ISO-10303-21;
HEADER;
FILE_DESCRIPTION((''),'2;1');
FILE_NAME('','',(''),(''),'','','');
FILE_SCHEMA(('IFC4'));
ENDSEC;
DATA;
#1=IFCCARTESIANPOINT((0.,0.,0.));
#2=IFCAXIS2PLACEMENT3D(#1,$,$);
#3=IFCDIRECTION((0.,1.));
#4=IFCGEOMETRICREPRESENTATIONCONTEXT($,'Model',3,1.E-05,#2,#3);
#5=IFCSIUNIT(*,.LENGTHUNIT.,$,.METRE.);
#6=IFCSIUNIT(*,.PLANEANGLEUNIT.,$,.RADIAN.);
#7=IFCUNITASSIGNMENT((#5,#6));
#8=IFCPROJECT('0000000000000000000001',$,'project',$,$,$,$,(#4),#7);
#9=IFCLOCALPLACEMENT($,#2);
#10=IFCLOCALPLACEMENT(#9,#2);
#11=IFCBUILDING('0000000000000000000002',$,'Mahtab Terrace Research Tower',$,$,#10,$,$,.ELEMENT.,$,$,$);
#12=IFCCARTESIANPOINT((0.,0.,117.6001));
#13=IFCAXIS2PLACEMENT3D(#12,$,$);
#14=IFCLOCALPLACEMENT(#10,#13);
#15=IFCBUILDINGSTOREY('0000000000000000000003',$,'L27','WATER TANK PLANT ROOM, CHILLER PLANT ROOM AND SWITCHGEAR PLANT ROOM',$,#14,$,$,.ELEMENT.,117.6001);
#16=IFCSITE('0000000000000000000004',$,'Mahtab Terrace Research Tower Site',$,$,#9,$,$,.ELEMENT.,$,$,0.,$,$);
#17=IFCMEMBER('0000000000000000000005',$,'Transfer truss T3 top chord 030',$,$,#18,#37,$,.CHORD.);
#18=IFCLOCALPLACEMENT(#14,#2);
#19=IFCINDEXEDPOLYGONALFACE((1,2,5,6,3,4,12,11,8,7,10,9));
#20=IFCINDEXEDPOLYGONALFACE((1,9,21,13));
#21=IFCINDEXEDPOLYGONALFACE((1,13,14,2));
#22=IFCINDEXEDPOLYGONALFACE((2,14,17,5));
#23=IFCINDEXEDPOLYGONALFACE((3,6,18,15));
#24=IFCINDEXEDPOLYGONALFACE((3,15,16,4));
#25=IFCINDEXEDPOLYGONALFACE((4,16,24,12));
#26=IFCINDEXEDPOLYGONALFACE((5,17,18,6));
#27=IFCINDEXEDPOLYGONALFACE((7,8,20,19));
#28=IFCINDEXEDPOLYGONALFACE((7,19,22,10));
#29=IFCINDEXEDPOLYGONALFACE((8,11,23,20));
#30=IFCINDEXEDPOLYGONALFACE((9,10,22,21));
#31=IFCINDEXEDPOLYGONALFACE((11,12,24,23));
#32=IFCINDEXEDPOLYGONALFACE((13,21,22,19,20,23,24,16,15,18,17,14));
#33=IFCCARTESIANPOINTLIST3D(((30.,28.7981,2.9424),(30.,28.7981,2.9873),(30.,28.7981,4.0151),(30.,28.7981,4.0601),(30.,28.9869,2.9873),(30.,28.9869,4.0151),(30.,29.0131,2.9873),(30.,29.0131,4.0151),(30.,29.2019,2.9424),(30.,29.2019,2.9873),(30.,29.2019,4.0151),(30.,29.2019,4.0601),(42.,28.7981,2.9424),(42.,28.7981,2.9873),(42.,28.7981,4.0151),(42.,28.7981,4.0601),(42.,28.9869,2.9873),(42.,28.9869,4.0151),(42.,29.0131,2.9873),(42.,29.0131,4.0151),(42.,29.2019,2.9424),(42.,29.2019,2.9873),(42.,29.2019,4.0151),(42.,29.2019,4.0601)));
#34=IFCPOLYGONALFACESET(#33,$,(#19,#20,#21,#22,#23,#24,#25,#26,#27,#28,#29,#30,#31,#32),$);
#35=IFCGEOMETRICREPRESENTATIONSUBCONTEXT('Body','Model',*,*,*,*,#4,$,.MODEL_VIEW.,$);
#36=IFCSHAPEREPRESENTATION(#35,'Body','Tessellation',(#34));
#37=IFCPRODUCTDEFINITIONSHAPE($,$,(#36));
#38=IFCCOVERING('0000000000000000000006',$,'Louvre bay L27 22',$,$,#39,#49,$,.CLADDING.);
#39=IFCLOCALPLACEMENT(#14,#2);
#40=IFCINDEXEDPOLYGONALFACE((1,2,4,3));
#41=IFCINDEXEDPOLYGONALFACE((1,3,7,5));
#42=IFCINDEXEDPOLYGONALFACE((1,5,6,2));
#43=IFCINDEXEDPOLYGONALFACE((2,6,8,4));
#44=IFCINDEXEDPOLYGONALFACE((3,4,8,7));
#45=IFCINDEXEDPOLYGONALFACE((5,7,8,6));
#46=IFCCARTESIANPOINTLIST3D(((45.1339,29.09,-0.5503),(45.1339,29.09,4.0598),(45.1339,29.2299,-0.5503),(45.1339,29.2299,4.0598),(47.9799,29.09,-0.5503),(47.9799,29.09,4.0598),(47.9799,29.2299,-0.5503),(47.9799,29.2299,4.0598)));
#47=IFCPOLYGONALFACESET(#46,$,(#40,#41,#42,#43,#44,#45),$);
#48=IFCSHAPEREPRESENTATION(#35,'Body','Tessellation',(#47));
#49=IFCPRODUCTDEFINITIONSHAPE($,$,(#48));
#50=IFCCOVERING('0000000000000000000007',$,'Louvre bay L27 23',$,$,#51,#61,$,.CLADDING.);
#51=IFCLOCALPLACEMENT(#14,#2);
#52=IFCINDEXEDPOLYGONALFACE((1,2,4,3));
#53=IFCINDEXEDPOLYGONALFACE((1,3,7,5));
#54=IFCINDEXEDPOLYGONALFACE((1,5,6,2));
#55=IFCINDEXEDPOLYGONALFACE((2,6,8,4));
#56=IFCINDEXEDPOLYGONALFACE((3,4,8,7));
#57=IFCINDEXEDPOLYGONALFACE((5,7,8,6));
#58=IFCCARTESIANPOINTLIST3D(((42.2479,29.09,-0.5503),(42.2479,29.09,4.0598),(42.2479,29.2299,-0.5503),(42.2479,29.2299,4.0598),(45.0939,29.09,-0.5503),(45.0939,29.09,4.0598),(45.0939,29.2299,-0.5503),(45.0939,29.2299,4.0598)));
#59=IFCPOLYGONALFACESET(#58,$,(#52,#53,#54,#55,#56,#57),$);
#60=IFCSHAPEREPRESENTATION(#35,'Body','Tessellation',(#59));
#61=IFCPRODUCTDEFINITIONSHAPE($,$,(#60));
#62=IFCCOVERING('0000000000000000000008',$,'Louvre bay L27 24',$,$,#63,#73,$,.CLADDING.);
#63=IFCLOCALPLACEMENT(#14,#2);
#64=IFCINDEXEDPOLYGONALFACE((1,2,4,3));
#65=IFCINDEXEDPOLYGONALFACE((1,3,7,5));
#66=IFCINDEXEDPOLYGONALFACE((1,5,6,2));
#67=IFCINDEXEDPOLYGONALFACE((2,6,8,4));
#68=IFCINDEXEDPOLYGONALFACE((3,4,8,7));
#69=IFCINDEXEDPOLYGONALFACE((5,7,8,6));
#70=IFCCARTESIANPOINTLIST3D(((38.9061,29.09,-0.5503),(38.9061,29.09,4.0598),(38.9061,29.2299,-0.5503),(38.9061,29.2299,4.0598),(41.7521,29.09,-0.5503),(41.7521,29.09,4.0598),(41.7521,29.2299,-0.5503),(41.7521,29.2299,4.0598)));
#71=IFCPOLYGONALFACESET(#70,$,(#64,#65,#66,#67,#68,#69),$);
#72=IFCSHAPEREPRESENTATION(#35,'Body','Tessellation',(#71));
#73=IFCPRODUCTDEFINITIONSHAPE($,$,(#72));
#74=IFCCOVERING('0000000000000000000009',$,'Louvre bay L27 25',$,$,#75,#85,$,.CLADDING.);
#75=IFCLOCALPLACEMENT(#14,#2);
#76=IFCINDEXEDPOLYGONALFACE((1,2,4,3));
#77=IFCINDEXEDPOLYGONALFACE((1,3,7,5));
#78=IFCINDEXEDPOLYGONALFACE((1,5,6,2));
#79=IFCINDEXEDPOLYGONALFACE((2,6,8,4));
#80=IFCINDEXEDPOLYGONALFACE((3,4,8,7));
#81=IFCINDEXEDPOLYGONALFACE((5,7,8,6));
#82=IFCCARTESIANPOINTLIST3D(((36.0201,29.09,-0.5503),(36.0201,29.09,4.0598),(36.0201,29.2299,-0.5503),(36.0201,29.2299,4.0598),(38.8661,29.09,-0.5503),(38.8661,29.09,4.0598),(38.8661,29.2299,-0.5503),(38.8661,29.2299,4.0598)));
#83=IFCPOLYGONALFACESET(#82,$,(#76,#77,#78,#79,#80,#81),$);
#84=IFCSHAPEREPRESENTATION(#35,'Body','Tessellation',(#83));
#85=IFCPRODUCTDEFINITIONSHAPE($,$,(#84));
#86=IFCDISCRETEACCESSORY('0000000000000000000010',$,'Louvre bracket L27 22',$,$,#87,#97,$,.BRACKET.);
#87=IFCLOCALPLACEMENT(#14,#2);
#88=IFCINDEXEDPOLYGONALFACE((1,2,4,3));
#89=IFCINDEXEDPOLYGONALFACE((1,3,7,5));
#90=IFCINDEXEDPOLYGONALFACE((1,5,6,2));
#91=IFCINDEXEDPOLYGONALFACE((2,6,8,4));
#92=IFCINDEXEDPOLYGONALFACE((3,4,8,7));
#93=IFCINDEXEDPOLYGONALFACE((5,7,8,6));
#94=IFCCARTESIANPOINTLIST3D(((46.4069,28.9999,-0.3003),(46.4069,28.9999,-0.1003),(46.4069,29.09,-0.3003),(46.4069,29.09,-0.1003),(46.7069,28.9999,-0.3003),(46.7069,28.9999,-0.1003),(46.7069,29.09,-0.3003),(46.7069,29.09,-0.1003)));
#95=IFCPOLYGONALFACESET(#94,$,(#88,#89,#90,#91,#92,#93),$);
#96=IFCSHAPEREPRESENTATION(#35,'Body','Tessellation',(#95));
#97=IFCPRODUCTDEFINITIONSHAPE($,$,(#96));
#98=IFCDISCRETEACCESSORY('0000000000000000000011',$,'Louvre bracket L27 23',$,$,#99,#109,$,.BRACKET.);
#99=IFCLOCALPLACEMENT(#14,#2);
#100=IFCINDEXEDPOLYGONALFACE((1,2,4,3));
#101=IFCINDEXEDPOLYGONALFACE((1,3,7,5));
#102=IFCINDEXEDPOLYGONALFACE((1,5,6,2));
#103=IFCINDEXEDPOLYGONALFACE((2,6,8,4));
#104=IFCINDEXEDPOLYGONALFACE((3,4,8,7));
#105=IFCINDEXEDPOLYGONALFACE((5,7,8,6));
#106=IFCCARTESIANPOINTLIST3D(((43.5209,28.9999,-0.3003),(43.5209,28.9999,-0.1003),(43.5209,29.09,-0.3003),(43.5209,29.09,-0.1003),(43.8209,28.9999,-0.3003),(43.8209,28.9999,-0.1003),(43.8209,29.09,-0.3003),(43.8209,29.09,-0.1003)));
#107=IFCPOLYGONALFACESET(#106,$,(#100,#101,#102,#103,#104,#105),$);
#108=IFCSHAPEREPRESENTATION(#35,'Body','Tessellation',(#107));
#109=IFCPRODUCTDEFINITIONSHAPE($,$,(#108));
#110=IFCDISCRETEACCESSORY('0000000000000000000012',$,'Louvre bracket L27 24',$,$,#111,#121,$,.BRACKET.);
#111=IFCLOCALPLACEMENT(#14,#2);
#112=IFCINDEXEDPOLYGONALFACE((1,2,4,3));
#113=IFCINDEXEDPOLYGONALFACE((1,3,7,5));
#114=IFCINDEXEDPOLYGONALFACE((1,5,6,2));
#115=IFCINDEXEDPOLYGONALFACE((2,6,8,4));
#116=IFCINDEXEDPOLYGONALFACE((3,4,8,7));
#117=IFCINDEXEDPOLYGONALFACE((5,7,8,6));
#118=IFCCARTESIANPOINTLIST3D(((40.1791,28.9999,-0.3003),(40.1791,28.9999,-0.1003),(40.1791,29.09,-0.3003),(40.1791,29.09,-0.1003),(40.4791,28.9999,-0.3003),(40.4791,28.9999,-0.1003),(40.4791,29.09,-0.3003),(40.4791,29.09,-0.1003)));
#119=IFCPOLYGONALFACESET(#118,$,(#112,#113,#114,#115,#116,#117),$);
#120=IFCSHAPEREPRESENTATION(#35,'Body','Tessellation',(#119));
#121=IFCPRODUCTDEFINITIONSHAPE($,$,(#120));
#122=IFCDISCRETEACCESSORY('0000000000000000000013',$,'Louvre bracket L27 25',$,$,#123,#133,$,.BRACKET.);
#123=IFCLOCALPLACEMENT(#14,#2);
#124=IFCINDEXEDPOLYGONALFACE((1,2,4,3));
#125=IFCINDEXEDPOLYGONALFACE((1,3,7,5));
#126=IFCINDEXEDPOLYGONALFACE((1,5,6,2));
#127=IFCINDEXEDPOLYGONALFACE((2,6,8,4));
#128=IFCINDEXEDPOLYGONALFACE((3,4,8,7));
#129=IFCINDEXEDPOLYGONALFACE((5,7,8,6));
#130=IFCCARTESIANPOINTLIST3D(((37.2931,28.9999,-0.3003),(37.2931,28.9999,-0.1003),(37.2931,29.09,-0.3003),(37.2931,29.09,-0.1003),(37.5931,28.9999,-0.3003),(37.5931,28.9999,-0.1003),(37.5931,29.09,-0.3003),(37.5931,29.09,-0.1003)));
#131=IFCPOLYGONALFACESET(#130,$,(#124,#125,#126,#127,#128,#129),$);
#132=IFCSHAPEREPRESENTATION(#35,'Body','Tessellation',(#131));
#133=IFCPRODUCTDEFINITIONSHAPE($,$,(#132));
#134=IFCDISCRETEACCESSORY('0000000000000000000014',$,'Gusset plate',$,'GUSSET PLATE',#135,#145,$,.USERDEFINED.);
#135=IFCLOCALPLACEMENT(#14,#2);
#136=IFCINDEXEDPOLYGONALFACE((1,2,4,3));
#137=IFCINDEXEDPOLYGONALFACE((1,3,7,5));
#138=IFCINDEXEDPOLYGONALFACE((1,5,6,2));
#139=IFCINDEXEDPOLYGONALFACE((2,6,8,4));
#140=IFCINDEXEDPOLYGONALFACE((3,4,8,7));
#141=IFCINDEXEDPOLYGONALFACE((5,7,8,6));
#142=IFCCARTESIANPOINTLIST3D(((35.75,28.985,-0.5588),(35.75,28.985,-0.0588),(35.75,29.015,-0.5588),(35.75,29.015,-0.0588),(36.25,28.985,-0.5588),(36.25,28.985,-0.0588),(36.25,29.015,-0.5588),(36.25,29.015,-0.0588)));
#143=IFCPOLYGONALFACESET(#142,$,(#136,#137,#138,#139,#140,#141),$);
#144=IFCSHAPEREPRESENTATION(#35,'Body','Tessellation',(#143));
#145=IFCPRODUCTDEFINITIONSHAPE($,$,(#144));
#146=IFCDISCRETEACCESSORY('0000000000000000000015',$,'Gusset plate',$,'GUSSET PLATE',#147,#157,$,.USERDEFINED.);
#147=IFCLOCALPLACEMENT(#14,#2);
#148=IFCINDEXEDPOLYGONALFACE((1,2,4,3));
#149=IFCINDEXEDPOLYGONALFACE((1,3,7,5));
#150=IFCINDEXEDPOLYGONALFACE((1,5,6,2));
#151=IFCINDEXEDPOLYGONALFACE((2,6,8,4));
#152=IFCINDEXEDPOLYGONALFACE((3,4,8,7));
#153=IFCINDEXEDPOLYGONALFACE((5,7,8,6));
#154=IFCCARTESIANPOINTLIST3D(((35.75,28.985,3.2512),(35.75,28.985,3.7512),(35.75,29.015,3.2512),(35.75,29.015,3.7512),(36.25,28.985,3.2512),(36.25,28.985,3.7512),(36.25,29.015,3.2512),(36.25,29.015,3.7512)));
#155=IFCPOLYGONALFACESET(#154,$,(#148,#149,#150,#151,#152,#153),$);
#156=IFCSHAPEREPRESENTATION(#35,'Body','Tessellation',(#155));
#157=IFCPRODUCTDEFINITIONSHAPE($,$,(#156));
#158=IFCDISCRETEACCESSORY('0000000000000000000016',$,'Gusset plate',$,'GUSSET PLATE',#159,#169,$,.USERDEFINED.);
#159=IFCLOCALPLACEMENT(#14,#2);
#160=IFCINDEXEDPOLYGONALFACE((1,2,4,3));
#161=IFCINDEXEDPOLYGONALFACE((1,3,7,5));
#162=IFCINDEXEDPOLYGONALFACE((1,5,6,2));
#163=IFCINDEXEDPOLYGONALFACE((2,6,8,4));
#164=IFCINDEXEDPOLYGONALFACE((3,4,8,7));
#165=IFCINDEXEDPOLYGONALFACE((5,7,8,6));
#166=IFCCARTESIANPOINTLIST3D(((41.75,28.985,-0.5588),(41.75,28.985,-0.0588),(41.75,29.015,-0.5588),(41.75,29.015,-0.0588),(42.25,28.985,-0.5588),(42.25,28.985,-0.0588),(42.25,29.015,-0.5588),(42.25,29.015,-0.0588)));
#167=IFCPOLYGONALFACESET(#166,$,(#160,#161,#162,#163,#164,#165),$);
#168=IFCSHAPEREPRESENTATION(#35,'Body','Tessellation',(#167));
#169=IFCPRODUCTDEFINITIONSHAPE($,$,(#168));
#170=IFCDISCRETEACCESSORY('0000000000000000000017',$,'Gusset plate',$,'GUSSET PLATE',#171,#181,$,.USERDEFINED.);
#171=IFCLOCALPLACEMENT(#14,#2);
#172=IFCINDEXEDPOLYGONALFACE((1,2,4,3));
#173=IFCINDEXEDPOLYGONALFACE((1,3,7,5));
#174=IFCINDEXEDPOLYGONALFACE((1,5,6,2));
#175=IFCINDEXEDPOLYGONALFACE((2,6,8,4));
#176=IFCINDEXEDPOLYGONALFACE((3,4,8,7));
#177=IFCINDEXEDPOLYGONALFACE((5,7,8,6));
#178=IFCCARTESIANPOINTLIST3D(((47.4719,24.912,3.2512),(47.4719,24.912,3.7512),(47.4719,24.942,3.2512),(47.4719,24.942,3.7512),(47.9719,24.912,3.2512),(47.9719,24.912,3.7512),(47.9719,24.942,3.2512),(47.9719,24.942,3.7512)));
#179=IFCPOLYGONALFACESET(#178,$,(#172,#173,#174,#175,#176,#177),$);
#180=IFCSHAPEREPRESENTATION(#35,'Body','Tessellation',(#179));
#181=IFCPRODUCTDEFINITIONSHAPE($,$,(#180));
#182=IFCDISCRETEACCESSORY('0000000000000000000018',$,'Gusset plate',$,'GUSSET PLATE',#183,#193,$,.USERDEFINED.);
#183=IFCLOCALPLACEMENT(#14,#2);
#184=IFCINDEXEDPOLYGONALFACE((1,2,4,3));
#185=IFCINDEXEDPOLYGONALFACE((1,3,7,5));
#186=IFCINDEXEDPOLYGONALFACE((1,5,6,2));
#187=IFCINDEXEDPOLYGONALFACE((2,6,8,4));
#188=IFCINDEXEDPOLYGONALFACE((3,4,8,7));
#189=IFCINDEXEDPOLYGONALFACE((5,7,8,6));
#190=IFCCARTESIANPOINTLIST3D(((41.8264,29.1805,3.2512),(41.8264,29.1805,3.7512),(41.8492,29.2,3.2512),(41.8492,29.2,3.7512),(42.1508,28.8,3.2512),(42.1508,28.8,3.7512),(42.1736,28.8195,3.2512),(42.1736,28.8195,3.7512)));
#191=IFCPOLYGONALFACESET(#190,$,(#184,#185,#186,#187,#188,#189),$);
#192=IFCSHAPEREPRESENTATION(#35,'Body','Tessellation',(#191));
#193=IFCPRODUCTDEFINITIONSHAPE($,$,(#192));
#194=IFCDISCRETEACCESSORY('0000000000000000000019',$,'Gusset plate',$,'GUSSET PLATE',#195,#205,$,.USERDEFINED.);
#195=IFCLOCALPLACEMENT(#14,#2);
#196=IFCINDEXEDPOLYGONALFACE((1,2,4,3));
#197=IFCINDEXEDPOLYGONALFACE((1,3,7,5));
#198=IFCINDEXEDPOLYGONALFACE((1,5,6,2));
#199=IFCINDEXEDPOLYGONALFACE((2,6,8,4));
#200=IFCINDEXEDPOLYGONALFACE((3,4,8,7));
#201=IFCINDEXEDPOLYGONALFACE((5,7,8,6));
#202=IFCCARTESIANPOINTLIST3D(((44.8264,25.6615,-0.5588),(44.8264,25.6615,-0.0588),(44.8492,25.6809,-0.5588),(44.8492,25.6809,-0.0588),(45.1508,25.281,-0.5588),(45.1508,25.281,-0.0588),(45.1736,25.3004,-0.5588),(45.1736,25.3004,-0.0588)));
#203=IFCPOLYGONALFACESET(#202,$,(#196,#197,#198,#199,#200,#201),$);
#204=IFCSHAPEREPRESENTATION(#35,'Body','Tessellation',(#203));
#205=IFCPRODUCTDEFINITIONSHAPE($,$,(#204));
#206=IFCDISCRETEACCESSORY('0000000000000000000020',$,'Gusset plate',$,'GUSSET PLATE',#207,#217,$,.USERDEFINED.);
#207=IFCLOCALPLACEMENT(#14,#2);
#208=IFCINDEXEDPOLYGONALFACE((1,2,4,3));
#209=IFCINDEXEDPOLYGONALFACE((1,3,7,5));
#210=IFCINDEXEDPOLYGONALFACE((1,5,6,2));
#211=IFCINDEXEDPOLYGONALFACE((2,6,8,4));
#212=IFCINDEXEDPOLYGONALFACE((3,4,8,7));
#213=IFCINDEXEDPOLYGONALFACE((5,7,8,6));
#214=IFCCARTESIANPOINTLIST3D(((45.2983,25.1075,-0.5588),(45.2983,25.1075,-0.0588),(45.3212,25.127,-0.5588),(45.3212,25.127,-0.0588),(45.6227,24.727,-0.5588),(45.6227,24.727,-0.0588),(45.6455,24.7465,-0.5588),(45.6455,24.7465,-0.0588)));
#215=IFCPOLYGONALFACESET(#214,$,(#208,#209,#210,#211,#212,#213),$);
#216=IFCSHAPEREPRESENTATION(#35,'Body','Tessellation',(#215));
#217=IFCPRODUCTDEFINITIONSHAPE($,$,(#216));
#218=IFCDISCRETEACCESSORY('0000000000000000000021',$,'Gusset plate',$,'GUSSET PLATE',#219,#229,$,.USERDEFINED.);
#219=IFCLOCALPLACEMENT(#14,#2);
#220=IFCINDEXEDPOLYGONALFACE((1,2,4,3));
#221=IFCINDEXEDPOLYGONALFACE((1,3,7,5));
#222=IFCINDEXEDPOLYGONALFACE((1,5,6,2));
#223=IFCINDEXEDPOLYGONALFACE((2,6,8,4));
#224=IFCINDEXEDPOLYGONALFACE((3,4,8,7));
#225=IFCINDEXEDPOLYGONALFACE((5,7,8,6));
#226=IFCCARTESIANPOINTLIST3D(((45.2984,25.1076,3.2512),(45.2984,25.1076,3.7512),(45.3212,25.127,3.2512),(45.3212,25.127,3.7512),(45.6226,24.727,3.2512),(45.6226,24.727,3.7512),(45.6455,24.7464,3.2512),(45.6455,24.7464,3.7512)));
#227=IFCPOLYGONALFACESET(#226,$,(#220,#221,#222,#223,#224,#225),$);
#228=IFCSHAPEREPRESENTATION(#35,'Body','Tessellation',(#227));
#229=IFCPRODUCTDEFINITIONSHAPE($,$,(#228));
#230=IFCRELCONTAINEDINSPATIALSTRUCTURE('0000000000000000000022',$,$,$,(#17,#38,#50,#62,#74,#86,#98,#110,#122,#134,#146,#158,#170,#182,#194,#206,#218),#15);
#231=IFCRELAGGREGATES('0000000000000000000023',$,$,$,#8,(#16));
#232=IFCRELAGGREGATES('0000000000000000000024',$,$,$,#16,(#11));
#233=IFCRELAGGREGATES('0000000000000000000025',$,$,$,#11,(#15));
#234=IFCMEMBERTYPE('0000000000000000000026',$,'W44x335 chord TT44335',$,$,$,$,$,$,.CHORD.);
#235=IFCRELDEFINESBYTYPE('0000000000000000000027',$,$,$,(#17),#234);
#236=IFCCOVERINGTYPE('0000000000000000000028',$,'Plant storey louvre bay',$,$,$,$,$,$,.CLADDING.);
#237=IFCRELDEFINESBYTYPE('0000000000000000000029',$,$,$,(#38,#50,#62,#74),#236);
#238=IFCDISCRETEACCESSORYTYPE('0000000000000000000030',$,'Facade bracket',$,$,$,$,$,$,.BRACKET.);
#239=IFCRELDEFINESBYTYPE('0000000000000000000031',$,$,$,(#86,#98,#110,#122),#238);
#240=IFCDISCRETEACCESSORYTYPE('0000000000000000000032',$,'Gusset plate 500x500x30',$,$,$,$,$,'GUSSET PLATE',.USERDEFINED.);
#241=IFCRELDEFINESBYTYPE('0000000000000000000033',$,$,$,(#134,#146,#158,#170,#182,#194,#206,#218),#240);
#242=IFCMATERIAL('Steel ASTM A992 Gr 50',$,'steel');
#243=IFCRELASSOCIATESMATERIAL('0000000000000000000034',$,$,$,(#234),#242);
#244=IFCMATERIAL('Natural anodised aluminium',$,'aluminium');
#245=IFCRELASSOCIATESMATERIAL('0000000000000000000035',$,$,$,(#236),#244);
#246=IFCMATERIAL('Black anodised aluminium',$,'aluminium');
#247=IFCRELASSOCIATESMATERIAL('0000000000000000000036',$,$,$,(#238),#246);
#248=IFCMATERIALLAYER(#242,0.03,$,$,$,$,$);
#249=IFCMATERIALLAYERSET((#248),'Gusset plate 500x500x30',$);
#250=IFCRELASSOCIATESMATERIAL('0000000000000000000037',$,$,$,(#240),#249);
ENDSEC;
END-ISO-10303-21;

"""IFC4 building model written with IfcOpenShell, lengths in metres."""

from ifc_helpers import new_model, si_unit, direction, frame, origin, origin_2d, place, context, subcontext, project, spatial, rectangle, i_section, extrude, material, layer, layer_set, material_profile, profile_set, type_object, element, save


model = new_model("IFC4")

# Units and contexts
model_context = context("Model", 3, precision=1e-05, world=origin(), true_north=direction((0.0, 1.0)))
body_context = subcontext(model_context, "Body", "Model", "MODEL_VIEW")
ifc_project = project(units=[si_unit("LENGTHUNIT", "METRE"), si_unit("PLANEANGLEUNIT", "RADIAN")], contexts=[model_context])

# Site, building, storey
site_placement = place(None, origin())
site = spatial("IfcSite", under=ifc_project, at=site_placement, Name="Mahtab Terrace Research Tower Site", CompositionType="ELEMENT", RefElevation=0.0)
building_placement = place(site_placement, origin())
building = spatial("IfcBuilding", under=site, at=building_placement, Name="Mahtab Terrace Research Tower", CompositionType="ELEMENT")
storey_placement = place(building_placement, frame((0.0, 0.0, 117.6001)))
storey = spatial("IfcBuildingStorey", under=building, at=storey_placement, Name="L27", Description="WATER TANK PLANT ROOM, CHILLER PLANT ROOM AND SWITCHGEAR PLANT ROOM", CompositionType="ELEMENT", Elevation=117.6001)

# Shared definitions
ifc_material_1 = material(Name="Steel ASTM A992 Gr 50", Category="steel")

# Member
ifc_material_profile_1 = material_profile(ifc_material_1, i_section(OverallWidth=0.4038, OverallDepth=1.1177, WebThickness=0.0261, FlangeThickness=0.0449, at=origin_2d()), Name="W44X335")
ifc_profile_set_1 = profile_set([ifc_material_profile_1], Name="Steel ASTM A992 Gr 50")
member_type_1 = type_object("IfcMemberType", Name="W44x335 chord TT44335", PredefinedType="CHORD", material=ifc_profile_set_1)
member_1_placement = place(storey_placement, frame((42.0, 29.0, 3.5012), z_axis=(-1.0, 0.0, 0.0), x_axis=(0.0, -1.0, 0.0)))
element("IfcMember", 1, at=member_1_placement, inside=storey, type_object=member_type_1, Name="Transfer truss T3 top chord 030", PredefinedType="CHORD", context=body_context, shape_type="SweptSolid", body=[
    extrude(i_section(OverallWidth=0.4038, OverallDepth=1.1177, WebThickness=0.0261, FlangeThickness=0.0449, at=origin_2d()), origin(), (0.0, 0.0, 1.0), 12.0),
])

# Coverings
ifc_material_2 = material(Name="Natural anodised aluminium", Category="aluminium")
covering_type = type_object("IfcCoveringType", Name="Plant storey louvre bay", PredefinedType="CLADDING", material=ifc_material_2)
for number, where, z_axis, x_axis, name in (
    (2, (46.5569, 29.1599, -0.5503), (0.0, 0.0, 1.0), (-1.0, 0.0, 0.0), "Louvre bay L27 22"),
    (3, (43.6709, 29.1599, -0.5503), (0.0, 0.0, 1.0), (-1.0, 0.0, 0.0), "Louvre bay L27 23"),
    (4, (40.3291, 29.1599, -0.5503), (0.0, 0.0, 1.0), (-1.0, 0.0, 0.0), "Louvre bay L27 24"),
    (5, (37.4431, 29.1599, -0.5503), (0.0, 0.0, 1.0), (-1.0, 0.0, 0.0), "Louvre bay L27 25"),
):
    element("IfcCovering", number, at=place(storey_placement, frame(where, z_axis=z_axis, x_axis=x_axis)), inside=storey, type_object=covering_type, Name=name, PredefinedType="CLADDING", context=body_context, shape_type="SweptSolid", body=[
        extrude(rectangle(XDim=2.8459, YDim=0.1399, at=origin_2d()), origin(), (0.0, 0.0, 1.0), 4.6101),
    ])

# Discrete accessories
ifc_material_3 = material(Name="Black anodised aluminium", Category="aluminium")
discrete_accessory_type_1 = type_object("IfcDiscreteAccessoryType", Name="Facade bracket", PredefinedType="BRACKET", material=ifc_material_3)
for number, where, z_axis, x_axis, name in (
    (6, (46.5569, 29.0449, -0.3003), (0.0, 0.0, 1.0), (-1.0, 0.0, 0.0), "Louvre bracket L27 22"),
    (7, (43.6709, 29.0449, -0.3003), (0.0, 0.0, 1.0), (-1.0, 0.0, 0.0), "Louvre bracket L27 23"),
    (8, (40.3291, 29.0449, -0.3003), (0.0, 0.0, 1.0), (-1.0, 0.0, 0.0), "Louvre bracket L27 24"),
    (9, (37.4431, 29.0449, -0.3003), (0.0, 0.0, 1.0), (-1.0, 0.0, 0.0), "Louvre bracket L27 25"),
):
    element("IfcDiscreteAccessory", number, at=place(storey_placement, frame(where, z_axis=z_axis, x_axis=x_axis)), inside=storey, type_object=discrete_accessory_type_1, Name=name, PredefinedType="BRACKET", context=body_context, shape_type="SweptSolid", body=[
        extrude(rectangle(XDim=0.3, YDim=0.0901, at=origin_2d()), origin(), (0.0, 0.0, 1.0), 0.2),
    ])
ifc_layer = layer(ifc_material_1, 0.03)
ifc_layer_set = layer_set([ifc_layer], Name="Gusset plate 500x500x30")
discrete_accessory_type_2 = type_object("IfcDiscreteAccessoryType", Name="Gusset plate 500x500x30", ElementType="GUSSET PLATE", PredefinedType="USERDEFINED", material=ifc_layer_set)
for number, where, z_axis, x_axis, name in (
    (10, (36.0, 29.0, -0.5588), (0.0, 0.0, 1.0), (1.0, 0.0, 0.0), "Gusset plate"),
    (11, (36.0, 29.0, 3.2512), (0.0, 0.0, 1.0), (1.0, 0.0, 0.0), "Gusset plate"),
    (12, (42.0, 29.0, -0.5588), (0.0, 0.0, 1.0), (1.0, 0.0, 0.0), "Gusset plate"),
    (13, (47.7219, 24.927, 3.2512), (0.0, 0.0, 1.0), (1.0, 0.0, 0.0), "Gusset plate"),
    (14, (42.0, 29.0, 3.2512), (0.0, 0.0, 1.0), (-0.648758, 0.760995, 0.0), "Gusset plate"),
    (15, (45.0, 25.481, -0.5588), (0.0, 0.0, 1.0), (-0.648758, 0.760995, 0.0), "Gusset plate"),
    (16, (45.4719, 24.927, -0.5588), (0.0, 0.0, 1.0), (-0.648798, 0.760961, 0.0), "Gusset plate"),
    (17, (45.4719, 24.927, 3.2512), (0.0, 0.0, 1.0), (-0.648532, 0.761188, 0.0), "Gusset plate"),
):
    element("IfcDiscreteAccessory", number, at=place(storey_placement, frame(where, z_axis=z_axis, x_axis=x_axis)), inside=storey, type_object=discrete_accessory_type_2, Name=name, ObjectType="GUSSET PLATE", PredefinedType="USERDEFINED", context=body_context, shape_type="SweptSolid", body=[
        extrude(rectangle(XDim=0.5, YDim=0.03, at=origin_2d()), origin(), (0.0, 0.0, 1.0), 0.5),
    ])

save(model, "model.ifc")
